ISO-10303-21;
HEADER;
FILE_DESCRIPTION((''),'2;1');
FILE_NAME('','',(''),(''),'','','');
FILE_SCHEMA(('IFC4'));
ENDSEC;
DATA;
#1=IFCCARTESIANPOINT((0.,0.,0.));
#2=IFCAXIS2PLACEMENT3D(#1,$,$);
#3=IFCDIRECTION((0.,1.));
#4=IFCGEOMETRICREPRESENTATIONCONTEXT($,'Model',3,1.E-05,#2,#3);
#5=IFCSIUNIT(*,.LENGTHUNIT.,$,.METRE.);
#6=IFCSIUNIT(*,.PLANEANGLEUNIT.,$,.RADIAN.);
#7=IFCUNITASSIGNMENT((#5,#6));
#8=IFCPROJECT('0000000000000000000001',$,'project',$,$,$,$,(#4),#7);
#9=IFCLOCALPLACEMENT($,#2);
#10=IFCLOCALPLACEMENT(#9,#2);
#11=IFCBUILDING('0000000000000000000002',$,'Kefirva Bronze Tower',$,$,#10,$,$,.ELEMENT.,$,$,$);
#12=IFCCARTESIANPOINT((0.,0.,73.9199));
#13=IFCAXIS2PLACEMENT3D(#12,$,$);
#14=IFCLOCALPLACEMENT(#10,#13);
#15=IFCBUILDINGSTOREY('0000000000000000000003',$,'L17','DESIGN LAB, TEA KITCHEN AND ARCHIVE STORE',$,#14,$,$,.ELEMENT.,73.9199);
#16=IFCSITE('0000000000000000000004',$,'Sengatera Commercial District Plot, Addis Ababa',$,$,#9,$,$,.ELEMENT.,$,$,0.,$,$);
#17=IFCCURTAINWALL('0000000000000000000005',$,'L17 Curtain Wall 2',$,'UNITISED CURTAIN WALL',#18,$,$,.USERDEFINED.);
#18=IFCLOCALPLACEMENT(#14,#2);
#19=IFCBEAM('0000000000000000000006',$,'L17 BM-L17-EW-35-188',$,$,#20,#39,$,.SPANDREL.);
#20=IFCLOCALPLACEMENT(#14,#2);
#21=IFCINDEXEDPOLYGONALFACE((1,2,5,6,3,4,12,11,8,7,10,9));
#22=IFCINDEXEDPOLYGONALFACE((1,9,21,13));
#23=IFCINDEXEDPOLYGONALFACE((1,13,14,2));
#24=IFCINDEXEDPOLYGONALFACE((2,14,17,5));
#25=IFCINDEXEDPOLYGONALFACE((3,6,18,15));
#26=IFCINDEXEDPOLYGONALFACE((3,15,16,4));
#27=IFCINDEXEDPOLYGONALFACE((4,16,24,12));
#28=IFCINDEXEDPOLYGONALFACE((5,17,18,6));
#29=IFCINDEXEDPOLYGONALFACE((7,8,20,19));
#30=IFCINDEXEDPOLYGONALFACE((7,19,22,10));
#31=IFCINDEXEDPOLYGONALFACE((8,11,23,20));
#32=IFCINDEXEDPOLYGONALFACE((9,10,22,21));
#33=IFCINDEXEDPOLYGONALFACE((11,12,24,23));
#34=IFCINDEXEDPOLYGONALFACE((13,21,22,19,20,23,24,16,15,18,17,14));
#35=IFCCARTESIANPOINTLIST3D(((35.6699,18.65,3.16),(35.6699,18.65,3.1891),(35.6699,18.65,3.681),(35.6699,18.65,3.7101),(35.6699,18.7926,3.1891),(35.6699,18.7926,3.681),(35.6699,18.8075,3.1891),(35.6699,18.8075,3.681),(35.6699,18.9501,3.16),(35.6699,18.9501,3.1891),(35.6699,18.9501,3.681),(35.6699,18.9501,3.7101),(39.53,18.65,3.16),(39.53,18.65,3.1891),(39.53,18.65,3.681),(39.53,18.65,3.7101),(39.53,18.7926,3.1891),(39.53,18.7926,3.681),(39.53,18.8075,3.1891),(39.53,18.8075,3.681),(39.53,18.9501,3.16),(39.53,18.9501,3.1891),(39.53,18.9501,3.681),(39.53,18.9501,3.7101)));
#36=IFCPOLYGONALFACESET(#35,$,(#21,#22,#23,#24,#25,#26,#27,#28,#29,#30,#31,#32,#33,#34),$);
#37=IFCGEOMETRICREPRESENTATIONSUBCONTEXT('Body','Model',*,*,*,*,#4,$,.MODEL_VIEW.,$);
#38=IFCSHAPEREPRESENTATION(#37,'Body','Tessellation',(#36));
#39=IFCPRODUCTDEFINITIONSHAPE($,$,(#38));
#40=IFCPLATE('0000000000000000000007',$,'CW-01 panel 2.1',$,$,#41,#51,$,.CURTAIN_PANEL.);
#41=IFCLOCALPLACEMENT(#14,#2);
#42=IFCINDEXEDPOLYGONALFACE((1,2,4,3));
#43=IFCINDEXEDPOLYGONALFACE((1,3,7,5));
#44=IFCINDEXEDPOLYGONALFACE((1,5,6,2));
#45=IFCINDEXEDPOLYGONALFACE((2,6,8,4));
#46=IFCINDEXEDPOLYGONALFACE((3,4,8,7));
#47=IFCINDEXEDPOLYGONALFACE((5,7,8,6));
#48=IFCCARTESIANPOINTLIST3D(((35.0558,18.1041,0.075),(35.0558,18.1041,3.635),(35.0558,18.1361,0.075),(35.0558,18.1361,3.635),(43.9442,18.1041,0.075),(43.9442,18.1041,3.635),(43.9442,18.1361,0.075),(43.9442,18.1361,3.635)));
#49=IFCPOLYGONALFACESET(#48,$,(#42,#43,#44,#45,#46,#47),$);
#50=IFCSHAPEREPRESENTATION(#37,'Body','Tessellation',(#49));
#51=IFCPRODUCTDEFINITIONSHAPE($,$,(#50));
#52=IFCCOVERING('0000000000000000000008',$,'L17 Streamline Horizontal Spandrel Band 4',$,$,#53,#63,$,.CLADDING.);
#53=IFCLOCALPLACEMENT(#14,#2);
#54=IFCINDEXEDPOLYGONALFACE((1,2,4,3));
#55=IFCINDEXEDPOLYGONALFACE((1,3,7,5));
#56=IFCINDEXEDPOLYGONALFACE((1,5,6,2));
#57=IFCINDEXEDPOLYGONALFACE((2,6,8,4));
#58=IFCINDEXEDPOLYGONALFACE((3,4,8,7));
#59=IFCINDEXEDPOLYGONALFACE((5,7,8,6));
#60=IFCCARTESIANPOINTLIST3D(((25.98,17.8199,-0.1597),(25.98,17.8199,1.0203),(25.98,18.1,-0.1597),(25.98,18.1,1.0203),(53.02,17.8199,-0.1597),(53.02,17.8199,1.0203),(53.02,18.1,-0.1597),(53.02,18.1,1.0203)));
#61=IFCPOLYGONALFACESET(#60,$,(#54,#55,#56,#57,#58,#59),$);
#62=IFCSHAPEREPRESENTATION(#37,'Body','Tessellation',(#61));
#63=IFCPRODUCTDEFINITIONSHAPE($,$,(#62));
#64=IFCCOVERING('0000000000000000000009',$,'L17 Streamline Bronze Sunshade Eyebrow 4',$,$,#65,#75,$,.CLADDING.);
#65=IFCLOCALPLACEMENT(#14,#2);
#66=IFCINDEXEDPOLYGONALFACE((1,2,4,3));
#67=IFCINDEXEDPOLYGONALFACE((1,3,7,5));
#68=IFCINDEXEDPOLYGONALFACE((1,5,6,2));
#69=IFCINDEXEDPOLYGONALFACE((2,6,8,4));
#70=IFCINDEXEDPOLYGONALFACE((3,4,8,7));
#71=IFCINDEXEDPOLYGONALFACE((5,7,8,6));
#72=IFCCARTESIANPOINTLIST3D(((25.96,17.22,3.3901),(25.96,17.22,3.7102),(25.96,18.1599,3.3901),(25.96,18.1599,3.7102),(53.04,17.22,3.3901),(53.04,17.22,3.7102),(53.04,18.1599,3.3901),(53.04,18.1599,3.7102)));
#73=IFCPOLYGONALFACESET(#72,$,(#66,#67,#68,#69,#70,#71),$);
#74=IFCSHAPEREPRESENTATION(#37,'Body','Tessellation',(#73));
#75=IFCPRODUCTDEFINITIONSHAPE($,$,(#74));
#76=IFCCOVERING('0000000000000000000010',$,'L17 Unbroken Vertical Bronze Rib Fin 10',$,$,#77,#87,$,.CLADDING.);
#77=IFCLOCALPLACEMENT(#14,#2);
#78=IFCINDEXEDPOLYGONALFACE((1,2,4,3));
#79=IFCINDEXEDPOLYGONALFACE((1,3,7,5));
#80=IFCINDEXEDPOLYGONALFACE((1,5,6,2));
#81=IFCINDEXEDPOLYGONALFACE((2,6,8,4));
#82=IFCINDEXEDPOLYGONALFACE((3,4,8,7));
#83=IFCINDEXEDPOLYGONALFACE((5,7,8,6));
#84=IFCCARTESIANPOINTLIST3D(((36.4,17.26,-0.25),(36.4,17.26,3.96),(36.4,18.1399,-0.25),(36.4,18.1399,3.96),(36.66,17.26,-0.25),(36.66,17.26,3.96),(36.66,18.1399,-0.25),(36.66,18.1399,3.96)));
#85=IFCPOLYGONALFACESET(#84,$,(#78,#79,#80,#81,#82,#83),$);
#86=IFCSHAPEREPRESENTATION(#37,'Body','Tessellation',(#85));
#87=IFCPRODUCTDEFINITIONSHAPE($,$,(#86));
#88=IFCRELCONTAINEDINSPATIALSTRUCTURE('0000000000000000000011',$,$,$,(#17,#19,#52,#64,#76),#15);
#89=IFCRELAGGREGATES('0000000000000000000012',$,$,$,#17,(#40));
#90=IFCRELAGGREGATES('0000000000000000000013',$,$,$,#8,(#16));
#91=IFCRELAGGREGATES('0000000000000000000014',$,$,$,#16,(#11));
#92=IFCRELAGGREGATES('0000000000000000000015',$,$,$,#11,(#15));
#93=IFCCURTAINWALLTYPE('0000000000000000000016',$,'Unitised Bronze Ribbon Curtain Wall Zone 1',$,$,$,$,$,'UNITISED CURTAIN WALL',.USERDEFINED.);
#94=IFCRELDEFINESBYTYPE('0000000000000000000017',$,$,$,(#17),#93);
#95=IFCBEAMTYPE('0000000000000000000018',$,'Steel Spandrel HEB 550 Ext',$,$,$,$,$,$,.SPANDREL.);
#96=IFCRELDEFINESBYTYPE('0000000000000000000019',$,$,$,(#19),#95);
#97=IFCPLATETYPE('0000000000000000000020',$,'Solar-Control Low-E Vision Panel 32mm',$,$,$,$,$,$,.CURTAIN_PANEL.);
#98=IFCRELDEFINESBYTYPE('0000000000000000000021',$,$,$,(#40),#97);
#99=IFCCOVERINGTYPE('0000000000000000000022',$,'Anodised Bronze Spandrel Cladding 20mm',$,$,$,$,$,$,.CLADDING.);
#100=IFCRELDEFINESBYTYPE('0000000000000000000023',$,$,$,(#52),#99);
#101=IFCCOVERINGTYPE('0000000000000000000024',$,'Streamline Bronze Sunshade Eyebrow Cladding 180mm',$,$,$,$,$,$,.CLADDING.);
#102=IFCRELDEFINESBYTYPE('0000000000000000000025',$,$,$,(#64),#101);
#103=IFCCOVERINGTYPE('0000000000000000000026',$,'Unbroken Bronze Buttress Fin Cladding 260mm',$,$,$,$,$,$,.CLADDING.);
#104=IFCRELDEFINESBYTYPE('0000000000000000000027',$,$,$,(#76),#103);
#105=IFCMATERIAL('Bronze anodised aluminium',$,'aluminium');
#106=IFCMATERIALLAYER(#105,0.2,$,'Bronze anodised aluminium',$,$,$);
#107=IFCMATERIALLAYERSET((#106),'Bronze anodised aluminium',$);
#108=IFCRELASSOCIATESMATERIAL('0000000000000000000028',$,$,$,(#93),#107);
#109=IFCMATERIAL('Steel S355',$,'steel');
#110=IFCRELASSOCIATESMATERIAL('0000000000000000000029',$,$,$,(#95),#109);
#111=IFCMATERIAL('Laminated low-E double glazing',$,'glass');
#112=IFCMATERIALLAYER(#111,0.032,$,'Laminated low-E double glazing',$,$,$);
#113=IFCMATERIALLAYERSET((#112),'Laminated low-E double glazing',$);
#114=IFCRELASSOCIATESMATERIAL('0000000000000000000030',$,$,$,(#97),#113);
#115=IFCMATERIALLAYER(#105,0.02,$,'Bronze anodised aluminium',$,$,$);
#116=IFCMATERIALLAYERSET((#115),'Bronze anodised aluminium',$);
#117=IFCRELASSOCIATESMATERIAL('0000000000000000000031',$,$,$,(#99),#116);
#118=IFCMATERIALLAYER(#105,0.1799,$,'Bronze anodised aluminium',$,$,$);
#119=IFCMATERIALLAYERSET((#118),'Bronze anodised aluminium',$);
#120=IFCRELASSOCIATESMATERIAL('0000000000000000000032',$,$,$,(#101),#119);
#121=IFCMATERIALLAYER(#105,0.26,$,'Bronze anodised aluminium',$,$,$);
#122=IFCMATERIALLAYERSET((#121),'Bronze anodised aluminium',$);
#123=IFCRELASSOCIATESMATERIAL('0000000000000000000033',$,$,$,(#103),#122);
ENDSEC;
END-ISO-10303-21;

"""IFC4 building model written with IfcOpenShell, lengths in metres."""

from ifc_helpers import new_model, si_unit, direction, frame, origin, origin_2d, place, context, subcontext, project, spatial, rectangle, i_section, extrude, material, layer, layer_set, material_profile, profile_set, type_object, element, aggregate, save


model = new_model("IFC4")

# Units and contexts
model_context = context("Model", 3, precision=1e-05, world=origin(), true_north=direction((0.0, 1.0)))
body_context = subcontext(model_context, "Body", "Model", "MODEL_VIEW")
ifc_project = project(units=[si_unit("LENGTHUNIT", "METRE"), si_unit("PLANEANGLEUNIT", "RADIAN")], contexts=[model_context])

# Site, building, storey
site_placement = place(None, origin())
site = spatial("IfcSite", under=ifc_project, at=site_placement, Name="Sengatera Commercial District Plot, Addis Ababa", CompositionType="ELEMENT", RefElevation=0.0)
building_placement = place(site_placement, origin())
building = spatial("IfcBuilding", under=site, at=building_placement, Name="Kefirva Bronze Tower", CompositionType="ELEMENT")
storey_placement = place(building_placement, frame((0.0, 0.0, 73.9199)))
storey = spatial("IfcBuildingStorey", under=building, at=storey_placement, Name="L17", Description="DESIGN LAB, TEA KITCHEN AND ARCHIVE STORE", CompositionType="ELEMENT", Elevation=73.9199)

# Curtain wall
ifc_material_1 = material(Name="Bronze anodised aluminium", Category="aluminium")
ifc_layer_1 = layer(ifc_material_1, 0.2, Name="Bronze anodised aluminium")
ifc_layer_set_1 = layer_set([ifc_layer_1], Name="Bronze anodised aluminium")
curtain_wall_type = type_object("IfcCurtainWallType", Name="Unitised Bronze Ribbon Curtain Wall Zone 1", ElementType="UNITISED CURTAIN WALL", PredefinedType="USERDEFINED", material=ifc_layer_set_1)
curtain_wall_placement = place(storey_placement, origin())
curtain_wall = element("IfcCurtainWall", 1, at=curtain_wall_placement, inside=storey, type_object=curtain_wall_type, Name="L17 Curtain Wall 2", ObjectType="UNITISED CURTAIN WALL", PredefinedType="USERDEFINED")

# Beam
ifc_material_2 = material(Name="Steel S355", Category="steel")
ifc_material_profile_1 = material_profile(ifc_material_2, i_section(OverallWidth=0.3, OverallDepth=0.55, WebThickness=0.0149, FlangeThickness=0.0291, at=origin_2d()), Name="HEB 550")
ifc_profile_set_1 = profile_set([ifc_material_profile_1], Name="Steel S355")
beam_type_1 = type_object("IfcBeamType", Name="Steel Spandrel HEB 550 Ext", PredefinedType="SPANDREL", material=ifc_profile_set_1)
beam_1_placement = place(storey_placement, frame((35.6699, 18.8, 3.4351), z_axis=(1.0, 0.0, 0.0), x_axis=(0.0, 1.0, 0.0)))
element("IfcBeam", 2, at=beam_1_placement, inside=storey, type_object=beam_type_1, Name="L17 BM-L17-EW-35-188", PredefinedType="SPANDREL", context=body_context, shape_type="SweptSolid", body=[
    extrude(i_section(OverallWidth=0.3, OverallDepth=0.55, WebThickness=0.0149, FlangeThickness=0.0291, at=origin_2d()), origin(), (0.0, 0.0, 1.0), 3.8601),
])

# Plate
ifc_material_3 = material(Name="Laminated low-E double glazing", Category="glass")
ifc_layer_2 = layer(ifc_material_3, 0.032, Name="Laminated low-E double glazing")
ifc_layer_set_2 = layer_set([ifc_layer_2], Name="Laminated low-E double glazing")
plate_type = type_object("IfcPlateType", Name="Solar-Control Low-E Vision Panel 32mm", PredefinedType="CURTAIN_PANEL", material=ifc_layer_set_2)
plate_placement = place(storey_placement, frame((39.5, 18.1201, 0.075), z_axis=(0.0, 0.0, 1.0), x_axis=(1.0, 0.0, 0.0)))
plate = element("IfcPlate", 3, at=plate_placement, type_object=plate_type, Name="CW-01 panel 2.1", PredefinedType="CURTAIN_PANEL", context=body_context, shape_type="SweptSolid", body=[
    extrude(rectangle(XDim=8.8884, YDim=0.032, at=origin_2d()), origin(), (0.0, 0.0, 1.0), 3.5601),
])
aggregate(curtain_wall, [plate])

# Coverings
ifc_layer_3 = layer(ifc_material_1, 0.02, Name="Bronze anodised aluminium")
ifc_layer_set_3 = layer_set([ifc_layer_3], Name="Bronze anodised aluminium")
covering_type_1 = type_object("IfcCoveringType", Name="Anodised Bronze Spandrel Cladding 20mm", PredefinedType="CLADDING", material=ifc_layer_set_3)
covering_1_placement = place(storey_placement, frame((39.5, 17.96, -0.1597), z_axis=(0.0, 0.0, 1.0), x_axis=(1.0, 0.0, 0.0)))
element("IfcCovering", 4, at=covering_1_placement, inside=storey, type_object=covering_type_1, Name="L17 Streamline Horizontal Spandrel Band 4", PredefinedType="CLADDING", context=body_context, shape_type="SweptSolid", body=[
    extrude(rectangle(XDim=27.04, YDim=0.28, at=origin_2d()), origin(), (0.0, 0.0, 1.0), 1.1799),
])
ifc_layer_4 = layer(ifc_material_1, 0.1799, Name="Bronze anodised aluminium")
ifc_layer_set_4 = layer_set([ifc_layer_4], Name="Bronze anodised aluminium")
covering_type_2 = type_object("IfcCoveringType", Name="Streamline Bronze Sunshade Eyebrow Cladding 180mm", PredefinedType="CLADDING", material=ifc_layer_set_4)
covering_2_placement = place(storey_placement, frame((39.5, 17.6899, 3.3901), z_axis=(0.0, 0.0, 1.0), x_axis=(1.0, 0.0, 0.0)))
element("IfcCovering", 5, at=covering_2_placement, inside=storey, type_object=covering_type_2, Name="L17 Streamline Bronze Sunshade Eyebrow 4", PredefinedType="CLADDING", context=body_context, shape_type="SweptSolid", body=[
    extrude(rectangle(XDim=27.0801, YDim=0.9399, at=origin_2d()), origin(), (0.0, 0.0, 1.0), 0.3201),
])
ifc_layer_5 = layer(ifc_material_1, 0.26, Name="Bronze anodised aluminium")
ifc_layer_set_5 = layer_set([ifc_layer_5], Name="Bronze anodised aluminium")
covering_type_3 = type_object("IfcCoveringType", Name="Unbroken Bronze Buttress Fin Cladding 260mm", PredefinedType="CLADDING", material=ifc_layer_set_5)
covering_3_placement = place(storey_placement, frame((36.53, 17.7, -0.25), z_axis=(0.0, 0.0, 1.0), x_axis=(1.0, 0.0, 0.0)))
element("IfcCovering", 6, at=covering_3_placement, inside=storey, type_object=covering_type_3, Name="L17 Unbroken Vertical Bronze Rib Fin 10", PredefinedType="CLADDING", context=body_context, shape_type="SweptSolid", body=[
    extrude(rectangle(XDim=0.26, YDim=0.8799, at=origin_2d()), origin(), (0.0, 0.0, 1.0), 4.21),
])

save(model, "model.ifc")
